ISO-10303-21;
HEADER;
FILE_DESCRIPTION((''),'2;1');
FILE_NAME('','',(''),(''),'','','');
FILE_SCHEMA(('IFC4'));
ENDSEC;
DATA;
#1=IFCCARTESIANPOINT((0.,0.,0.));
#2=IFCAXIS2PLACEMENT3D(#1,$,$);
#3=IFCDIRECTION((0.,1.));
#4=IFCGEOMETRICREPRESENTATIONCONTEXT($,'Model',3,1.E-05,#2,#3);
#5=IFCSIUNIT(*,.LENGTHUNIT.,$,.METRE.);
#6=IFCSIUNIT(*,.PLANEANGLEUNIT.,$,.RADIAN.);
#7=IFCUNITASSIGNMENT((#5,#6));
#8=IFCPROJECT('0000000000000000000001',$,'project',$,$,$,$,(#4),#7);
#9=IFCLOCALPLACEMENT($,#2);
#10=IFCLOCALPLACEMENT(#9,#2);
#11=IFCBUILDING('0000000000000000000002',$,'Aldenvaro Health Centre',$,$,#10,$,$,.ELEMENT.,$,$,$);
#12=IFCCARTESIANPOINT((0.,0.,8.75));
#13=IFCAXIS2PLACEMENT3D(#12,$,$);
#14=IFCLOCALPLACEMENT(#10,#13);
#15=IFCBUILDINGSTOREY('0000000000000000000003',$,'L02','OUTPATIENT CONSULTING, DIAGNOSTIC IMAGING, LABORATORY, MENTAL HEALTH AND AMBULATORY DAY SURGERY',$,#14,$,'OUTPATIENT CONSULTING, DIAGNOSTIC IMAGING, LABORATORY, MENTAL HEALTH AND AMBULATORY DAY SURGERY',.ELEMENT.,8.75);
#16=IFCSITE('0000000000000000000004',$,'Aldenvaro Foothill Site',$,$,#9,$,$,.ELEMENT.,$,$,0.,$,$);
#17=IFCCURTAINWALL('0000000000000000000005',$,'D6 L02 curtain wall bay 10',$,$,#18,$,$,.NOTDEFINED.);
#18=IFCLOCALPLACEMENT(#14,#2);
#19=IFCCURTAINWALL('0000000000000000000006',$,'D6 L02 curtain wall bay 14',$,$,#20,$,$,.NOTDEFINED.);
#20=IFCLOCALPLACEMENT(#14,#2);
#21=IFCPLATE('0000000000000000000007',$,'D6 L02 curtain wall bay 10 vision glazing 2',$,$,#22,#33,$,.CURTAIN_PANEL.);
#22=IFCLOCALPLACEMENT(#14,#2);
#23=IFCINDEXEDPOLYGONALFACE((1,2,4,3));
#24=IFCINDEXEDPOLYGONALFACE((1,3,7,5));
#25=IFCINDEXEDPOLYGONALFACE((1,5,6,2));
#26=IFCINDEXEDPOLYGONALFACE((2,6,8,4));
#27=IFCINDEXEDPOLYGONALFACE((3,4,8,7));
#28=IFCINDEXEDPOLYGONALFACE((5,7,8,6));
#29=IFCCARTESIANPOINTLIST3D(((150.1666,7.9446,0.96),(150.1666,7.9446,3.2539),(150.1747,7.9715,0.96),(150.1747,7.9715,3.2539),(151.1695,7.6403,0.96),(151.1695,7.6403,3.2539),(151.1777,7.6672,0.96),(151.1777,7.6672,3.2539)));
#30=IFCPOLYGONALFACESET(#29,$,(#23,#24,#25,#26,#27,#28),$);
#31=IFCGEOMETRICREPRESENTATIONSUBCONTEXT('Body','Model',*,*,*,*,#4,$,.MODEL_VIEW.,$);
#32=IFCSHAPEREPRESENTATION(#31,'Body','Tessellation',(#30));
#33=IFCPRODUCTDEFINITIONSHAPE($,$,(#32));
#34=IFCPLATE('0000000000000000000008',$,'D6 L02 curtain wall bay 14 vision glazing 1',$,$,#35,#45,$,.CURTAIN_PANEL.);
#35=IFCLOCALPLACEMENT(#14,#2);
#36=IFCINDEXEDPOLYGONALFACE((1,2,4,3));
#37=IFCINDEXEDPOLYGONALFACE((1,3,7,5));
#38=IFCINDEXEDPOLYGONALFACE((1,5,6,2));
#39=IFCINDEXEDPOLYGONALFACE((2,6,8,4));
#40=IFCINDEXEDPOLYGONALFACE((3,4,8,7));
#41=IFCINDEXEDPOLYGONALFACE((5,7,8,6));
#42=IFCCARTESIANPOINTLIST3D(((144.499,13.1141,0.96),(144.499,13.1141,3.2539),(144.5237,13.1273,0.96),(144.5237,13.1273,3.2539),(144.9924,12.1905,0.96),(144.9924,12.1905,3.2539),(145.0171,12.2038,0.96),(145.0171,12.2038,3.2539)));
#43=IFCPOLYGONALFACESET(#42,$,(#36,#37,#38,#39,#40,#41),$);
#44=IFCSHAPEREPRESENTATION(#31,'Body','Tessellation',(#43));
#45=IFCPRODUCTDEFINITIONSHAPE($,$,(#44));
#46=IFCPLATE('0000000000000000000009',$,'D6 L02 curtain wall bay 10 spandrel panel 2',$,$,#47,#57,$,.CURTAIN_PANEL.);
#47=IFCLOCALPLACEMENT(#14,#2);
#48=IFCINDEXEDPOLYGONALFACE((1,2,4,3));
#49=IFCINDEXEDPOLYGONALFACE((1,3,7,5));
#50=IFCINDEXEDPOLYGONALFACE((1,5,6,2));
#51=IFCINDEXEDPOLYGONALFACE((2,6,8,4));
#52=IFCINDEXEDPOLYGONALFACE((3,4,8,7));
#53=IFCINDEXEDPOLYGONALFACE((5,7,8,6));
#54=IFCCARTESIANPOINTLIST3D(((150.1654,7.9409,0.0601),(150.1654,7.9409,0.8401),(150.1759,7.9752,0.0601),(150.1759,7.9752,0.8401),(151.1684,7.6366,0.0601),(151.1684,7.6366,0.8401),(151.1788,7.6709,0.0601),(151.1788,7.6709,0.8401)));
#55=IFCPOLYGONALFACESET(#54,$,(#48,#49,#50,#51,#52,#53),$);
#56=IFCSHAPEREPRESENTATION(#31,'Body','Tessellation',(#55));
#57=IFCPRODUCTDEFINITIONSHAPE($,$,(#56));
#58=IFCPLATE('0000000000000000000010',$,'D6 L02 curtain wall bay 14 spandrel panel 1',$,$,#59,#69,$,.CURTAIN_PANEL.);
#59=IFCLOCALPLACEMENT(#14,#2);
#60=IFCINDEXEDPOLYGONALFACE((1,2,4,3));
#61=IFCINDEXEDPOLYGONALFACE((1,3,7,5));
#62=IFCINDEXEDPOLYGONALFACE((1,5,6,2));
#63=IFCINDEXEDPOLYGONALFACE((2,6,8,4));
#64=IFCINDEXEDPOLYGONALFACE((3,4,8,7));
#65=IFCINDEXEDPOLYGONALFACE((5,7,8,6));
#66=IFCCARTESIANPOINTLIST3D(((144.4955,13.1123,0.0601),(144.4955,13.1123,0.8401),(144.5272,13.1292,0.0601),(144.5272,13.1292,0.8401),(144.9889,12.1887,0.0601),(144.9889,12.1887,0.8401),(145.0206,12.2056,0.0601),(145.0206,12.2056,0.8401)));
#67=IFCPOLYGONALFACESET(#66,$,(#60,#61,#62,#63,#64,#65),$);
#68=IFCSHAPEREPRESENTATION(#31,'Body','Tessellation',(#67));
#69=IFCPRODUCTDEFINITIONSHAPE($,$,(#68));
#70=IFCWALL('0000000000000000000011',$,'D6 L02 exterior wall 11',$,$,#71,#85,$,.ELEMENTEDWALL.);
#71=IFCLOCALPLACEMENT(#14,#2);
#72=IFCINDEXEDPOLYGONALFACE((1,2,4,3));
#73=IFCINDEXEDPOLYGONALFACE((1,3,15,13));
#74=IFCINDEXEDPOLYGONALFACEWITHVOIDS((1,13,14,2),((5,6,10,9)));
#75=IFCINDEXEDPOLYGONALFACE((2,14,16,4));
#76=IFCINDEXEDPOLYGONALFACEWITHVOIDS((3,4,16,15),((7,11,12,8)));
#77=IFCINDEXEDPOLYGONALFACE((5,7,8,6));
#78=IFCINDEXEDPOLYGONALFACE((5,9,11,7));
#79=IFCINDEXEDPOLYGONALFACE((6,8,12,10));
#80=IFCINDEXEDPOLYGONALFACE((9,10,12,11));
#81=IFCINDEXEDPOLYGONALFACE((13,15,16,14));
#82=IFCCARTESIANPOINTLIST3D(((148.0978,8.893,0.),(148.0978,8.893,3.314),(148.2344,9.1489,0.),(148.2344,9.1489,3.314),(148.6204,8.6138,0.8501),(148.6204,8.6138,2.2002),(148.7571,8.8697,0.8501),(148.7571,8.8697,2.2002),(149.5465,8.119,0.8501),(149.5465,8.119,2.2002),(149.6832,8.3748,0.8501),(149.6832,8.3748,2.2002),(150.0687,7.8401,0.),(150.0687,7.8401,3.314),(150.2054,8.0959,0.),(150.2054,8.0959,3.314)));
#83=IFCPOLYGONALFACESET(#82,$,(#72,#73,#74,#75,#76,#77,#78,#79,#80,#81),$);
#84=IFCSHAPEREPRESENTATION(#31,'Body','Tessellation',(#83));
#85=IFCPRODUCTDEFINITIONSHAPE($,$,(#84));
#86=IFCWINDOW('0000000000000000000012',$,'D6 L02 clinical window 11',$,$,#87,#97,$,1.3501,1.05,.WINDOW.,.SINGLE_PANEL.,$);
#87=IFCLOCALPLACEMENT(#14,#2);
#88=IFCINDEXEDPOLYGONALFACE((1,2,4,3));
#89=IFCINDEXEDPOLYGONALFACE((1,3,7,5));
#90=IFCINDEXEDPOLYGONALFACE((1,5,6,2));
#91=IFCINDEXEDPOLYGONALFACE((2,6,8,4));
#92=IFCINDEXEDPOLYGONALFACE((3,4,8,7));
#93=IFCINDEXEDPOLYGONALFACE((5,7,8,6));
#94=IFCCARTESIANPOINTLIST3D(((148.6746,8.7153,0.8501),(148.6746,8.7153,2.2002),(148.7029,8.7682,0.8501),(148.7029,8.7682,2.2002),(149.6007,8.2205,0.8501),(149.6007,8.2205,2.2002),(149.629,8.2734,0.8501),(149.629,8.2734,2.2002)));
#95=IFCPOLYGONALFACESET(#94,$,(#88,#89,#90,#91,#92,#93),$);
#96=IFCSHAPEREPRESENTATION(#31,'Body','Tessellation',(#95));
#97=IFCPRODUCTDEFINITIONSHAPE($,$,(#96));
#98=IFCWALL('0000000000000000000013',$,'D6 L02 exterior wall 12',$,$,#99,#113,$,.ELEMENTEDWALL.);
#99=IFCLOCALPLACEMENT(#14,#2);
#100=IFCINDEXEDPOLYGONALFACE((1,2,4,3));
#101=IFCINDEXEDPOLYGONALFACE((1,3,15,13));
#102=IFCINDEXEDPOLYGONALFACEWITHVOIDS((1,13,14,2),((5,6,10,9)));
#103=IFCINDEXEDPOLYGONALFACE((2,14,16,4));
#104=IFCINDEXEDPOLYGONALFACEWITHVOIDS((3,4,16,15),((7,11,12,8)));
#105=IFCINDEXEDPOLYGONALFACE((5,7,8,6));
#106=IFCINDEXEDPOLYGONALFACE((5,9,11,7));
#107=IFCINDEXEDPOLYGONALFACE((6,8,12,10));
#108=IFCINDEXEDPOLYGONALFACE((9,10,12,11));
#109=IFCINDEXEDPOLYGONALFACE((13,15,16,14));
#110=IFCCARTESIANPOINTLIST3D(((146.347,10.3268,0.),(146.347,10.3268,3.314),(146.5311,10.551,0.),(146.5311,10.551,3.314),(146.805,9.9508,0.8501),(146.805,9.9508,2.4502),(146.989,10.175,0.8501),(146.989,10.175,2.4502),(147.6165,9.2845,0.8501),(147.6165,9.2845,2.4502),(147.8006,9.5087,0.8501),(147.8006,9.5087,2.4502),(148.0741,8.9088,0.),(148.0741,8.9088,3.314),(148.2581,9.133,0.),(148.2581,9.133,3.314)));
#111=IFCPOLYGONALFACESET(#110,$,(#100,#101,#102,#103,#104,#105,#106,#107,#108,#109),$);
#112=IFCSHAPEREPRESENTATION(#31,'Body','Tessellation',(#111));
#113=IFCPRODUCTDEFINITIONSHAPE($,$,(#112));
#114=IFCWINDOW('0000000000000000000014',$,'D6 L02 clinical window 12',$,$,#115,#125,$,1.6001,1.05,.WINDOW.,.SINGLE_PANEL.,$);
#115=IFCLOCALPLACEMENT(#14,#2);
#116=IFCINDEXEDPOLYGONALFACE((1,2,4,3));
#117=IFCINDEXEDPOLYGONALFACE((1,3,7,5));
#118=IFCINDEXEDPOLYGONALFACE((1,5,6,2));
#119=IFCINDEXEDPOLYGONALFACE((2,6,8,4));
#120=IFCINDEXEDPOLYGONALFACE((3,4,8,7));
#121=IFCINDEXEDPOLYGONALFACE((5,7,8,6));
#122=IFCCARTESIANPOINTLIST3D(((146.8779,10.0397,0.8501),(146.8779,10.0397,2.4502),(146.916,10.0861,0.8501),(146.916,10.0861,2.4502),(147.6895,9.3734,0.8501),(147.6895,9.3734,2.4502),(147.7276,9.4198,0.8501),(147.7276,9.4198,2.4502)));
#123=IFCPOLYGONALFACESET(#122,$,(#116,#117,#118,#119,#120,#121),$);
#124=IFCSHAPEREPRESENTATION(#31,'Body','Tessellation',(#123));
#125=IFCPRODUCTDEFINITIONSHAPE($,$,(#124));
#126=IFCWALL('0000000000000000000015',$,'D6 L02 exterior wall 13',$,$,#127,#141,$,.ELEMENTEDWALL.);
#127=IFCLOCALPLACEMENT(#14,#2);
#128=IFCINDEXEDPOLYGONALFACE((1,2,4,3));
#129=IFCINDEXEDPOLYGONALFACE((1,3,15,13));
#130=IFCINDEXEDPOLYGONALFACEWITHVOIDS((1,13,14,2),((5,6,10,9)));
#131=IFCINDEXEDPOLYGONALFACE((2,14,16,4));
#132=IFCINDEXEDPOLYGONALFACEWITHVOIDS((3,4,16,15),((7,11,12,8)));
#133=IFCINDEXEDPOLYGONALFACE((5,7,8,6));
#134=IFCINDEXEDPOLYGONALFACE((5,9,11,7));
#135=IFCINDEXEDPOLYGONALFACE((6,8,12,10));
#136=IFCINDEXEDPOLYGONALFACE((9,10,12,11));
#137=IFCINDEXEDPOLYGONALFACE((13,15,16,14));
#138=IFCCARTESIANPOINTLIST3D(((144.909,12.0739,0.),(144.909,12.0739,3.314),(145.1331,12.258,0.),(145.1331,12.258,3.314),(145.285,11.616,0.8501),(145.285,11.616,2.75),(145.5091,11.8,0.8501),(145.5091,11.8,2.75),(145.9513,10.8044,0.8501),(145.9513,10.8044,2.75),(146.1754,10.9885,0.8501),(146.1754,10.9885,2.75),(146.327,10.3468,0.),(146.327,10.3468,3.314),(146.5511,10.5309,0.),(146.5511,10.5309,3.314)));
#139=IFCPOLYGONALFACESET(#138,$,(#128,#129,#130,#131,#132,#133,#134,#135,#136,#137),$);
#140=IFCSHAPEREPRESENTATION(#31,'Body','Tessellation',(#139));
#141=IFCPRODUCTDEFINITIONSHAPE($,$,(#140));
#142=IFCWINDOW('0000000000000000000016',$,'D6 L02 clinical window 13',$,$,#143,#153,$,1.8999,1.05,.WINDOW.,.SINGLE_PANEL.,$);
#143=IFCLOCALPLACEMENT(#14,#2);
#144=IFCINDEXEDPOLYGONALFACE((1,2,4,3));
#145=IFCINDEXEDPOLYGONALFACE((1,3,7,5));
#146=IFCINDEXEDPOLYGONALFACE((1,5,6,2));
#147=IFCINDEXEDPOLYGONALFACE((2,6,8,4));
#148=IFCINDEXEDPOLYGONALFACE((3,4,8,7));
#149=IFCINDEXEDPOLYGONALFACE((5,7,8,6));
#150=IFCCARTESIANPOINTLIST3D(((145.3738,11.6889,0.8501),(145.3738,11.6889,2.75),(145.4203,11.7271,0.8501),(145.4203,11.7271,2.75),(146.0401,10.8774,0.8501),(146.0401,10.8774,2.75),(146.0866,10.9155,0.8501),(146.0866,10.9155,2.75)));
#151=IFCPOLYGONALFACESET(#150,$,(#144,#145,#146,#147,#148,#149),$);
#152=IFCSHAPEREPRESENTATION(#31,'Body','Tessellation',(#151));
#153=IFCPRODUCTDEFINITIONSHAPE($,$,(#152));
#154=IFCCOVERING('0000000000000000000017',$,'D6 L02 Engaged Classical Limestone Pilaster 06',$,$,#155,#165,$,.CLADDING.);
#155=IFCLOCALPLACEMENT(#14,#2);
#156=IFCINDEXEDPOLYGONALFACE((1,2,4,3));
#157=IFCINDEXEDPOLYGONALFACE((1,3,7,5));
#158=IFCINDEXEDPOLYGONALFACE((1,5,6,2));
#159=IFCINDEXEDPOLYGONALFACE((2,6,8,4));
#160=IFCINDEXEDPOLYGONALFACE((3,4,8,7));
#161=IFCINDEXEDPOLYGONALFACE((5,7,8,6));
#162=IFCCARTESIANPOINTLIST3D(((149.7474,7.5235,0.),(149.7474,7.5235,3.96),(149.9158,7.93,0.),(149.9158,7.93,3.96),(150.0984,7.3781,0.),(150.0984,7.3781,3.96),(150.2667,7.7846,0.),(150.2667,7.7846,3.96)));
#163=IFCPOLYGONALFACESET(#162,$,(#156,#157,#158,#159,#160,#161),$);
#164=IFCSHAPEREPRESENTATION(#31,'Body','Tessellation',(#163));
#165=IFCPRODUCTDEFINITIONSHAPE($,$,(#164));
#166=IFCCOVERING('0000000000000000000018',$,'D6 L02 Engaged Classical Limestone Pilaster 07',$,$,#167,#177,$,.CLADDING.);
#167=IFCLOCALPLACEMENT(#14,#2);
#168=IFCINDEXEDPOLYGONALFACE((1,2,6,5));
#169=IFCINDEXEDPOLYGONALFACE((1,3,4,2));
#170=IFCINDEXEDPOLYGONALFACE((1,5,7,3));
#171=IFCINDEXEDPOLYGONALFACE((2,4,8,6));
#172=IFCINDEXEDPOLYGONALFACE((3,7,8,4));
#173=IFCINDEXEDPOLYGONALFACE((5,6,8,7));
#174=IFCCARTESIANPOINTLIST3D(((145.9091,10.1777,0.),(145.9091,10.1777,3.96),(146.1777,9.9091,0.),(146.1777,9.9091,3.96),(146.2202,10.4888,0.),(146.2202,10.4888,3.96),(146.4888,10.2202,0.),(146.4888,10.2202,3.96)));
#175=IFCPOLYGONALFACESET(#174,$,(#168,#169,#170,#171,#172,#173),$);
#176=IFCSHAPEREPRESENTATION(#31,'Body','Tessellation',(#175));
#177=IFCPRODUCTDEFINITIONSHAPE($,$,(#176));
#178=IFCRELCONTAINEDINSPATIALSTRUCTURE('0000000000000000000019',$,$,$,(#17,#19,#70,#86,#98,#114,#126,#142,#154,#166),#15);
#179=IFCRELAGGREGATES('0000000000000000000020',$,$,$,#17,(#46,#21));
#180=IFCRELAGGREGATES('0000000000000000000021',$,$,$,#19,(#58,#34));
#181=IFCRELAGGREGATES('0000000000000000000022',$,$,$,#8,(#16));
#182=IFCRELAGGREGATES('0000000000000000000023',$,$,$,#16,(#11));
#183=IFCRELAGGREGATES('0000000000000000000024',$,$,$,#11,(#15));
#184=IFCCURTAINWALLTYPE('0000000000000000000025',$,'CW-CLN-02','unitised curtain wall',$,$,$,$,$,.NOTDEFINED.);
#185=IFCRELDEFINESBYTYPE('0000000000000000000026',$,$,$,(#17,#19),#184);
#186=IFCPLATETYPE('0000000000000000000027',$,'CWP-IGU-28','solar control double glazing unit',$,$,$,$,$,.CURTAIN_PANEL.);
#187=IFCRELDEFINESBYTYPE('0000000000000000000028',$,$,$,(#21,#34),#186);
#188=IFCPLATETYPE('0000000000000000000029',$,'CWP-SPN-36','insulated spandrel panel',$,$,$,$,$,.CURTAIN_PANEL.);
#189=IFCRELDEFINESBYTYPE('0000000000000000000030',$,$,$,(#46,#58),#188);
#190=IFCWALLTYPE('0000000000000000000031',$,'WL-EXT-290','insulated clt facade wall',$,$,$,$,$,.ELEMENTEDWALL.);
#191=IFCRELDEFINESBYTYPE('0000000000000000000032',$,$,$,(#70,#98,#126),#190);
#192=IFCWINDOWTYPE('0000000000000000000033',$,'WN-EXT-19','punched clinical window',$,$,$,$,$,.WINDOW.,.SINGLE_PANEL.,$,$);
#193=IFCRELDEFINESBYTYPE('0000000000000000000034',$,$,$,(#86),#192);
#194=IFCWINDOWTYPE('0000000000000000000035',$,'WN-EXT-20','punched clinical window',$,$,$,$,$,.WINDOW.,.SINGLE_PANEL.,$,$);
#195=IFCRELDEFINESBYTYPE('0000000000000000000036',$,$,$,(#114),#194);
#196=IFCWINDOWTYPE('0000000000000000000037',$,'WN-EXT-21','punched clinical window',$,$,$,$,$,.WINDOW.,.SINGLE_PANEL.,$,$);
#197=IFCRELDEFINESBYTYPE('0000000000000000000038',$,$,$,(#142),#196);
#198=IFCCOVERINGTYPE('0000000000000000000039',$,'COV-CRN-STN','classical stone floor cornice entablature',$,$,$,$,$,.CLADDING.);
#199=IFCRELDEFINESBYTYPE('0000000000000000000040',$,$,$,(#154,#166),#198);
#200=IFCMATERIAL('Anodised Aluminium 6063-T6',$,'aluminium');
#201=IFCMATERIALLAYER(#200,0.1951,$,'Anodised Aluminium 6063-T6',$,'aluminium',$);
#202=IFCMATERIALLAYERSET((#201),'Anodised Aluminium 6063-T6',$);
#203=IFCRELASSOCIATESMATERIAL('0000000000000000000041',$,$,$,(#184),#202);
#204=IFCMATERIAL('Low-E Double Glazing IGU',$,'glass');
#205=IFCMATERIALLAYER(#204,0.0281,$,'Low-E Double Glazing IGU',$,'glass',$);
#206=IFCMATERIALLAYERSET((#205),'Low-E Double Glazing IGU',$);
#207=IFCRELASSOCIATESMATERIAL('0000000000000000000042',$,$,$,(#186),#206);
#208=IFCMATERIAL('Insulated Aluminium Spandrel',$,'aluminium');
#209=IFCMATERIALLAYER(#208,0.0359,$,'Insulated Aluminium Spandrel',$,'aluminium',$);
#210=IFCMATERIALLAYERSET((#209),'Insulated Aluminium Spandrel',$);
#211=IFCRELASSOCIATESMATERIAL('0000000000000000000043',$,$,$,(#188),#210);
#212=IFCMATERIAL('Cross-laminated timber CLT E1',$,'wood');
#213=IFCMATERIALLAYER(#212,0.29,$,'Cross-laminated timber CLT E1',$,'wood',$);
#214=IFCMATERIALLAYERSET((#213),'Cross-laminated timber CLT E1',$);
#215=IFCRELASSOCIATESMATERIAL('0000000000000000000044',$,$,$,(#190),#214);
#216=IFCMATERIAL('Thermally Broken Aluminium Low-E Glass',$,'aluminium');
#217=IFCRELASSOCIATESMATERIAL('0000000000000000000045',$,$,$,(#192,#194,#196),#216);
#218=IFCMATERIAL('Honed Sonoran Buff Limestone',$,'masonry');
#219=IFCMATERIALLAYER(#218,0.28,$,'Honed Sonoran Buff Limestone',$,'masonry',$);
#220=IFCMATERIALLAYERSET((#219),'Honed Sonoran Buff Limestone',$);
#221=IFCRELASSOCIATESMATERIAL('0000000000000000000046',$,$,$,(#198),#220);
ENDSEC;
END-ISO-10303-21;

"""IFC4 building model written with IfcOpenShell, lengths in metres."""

from ifc_helpers import new_model, si_unit, direction, frame, frame_2d, origin, origin_2d, place, context, subcontext, project, spatial, rectangle, extrude, material, layer, layer_set, type_object, element, fill, aggregate, save


model = new_model("IFC4")

# Units and contexts
model_context = context("Model", 3, precision=1e-05, world=origin(), true_north=direction((0.0, 1.0)))
body_context = subcontext(model_context, "Body", "Model", "MODEL_VIEW")
ifc_project = project(units=[si_unit("LENGTHUNIT", "METRE"), si_unit("PLANEANGLEUNIT", "RADIAN")], contexts=[model_context])

# Site, building, storey
site_placement = place(None, origin())
site = spatial("IfcSite", under=ifc_project, at=site_placement, Name="Aldenvaro Foothill Site", CompositionType="ELEMENT", RefElevation=0.0)
building_placement = place(site_placement, origin())
building = spatial("IfcBuilding", under=site, at=building_placement, Name="Aldenvaro Health Centre", CompositionType="ELEMENT")
storey_placement = place(building_placement, frame((0.0, 0.0, 8.75)))
storey = spatial("IfcBuildingStorey", under=building, at=storey_placement, Name="L02", Description="OUTPATIENT CONSULTING, DIAGNOSTIC IMAGING, LABORATORY, MENTAL HEALTH AND AMBULATORY DAY SURGERY", LongName="OUTPATIENT CONSULTING, DIAGNOSTIC IMAGING, LABORATORY, MENTAL HEALTH AND AMBULATORY DAY SURGERY", CompositionType="ELEMENT", Elevation=8.75)

# Curtain wall
ifc_material_1 = material(Name="Anodised Aluminium 6063-T6", Category="aluminium")
ifc_layer_1 = layer(ifc_material_1, 0.1951, Name="Anodised Aluminium 6063-T6", Category="aluminium")
ifc_layer_set_1 = layer_set([ifc_layer_1], Name="Anodised Aluminium 6063-T6")
curtain_wall_type = type_object("IfcCurtainWallType", Name="CW-CLN-02", Description="unitised curtain wall", PredefinedType="NOTDEFINED", material=ifc_layer_set_1)
curtain_wall_1_placement = place(storey_placement, origin())
curtain_wall_1 = element("IfcCurtainWall", 1, at=curtain_wall_1_placement, inside=storey, type_object=curtain_wall_type, Name="D6 L02 curtain wall bay 10", PredefinedType="NOTDEFINED")

# Curtain wall
curtain_wall_2_placement = place(storey_placement, origin())
curtain_wall_2 = element("IfcCurtainWall", 2, at=curtain_wall_2_placement, inside=storey, type_object=curtain_wall_type, Name="D6 L02 curtain wall bay 14", PredefinedType="NOTDEFINED")

# Plates
ifc_material_2 = material(Name="Low-E Double Glazing IGU", Category="glass")
ifc_layer_2 = layer(ifc_material_2, 0.0281, Name="Low-E Double Glazing IGU", Category="glass")
ifc_layer_set_2 = layer_set([ifc_layer_2], Name="Low-E Double Glazing IGU")
plate_type_1 = type_object("IfcPlateType", Name="CWP-IGU-28", Description="solar control double glazing unit", PredefinedType="CURTAIN_PANEL", material=ifc_layer_set_2)
plate_1_placement = place(storey_placement, frame((150.6721, 7.8059, 0.96), z_axis=(0.0, 0.0, 1.0), x_axis=(-0.956923, 0.290343, 0.0)))
plate_1 = element("IfcPlate", 3, at=plate_1_placement, type_object=plate_type_1, Name="D6 L02 curtain wall bay 10 vision glazing 2", PredefinedType="CURTAIN_PANEL", context=body_context, shape_type="SweptSolid", body=[
    extrude(rectangle(XDim=1.0481, YDim=0.0281, at=origin_2d()), origin(), (0.0, 0.0, 1.0), 2.2939),
])
plate_2_placement = place(storey_placement, frame((144.7581, 12.6589, 0.96), z_axis=(0.0, 0.0, 1.0), x_axis=(-0.471215, 0.882018, 0.0)))
plate_2 = element("IfcPlate", 4, at=plate_2_placement, type_object=plate_type_1, Name="D6 L02 curtain wall bay 14 vision glazing 1", PredefinedType="CURTAIN_PANEL", context=body_context, shape_type="SweptSolid", body=[
    extrude(rectangle(XDim=1.0471, YDim=0.0281, at=origin_2d()), origin(), (0.0, 0.0, 1.0), 2.2939),
])
ifc_material_3 = material(Name="Insulated Aluminium Spandrel", Category="aluminium")
ifc_layer_3 = layer(ifc_material_3, 0.0359, Name="Insulated Aluminium Spandrel", Category="aluminium")
ifc_layer_set_3 = layer_set([ifc_layer_3], Name="Insulated Aluminium Spandrel")
plate_type_2 = type_object("IfcPlateType", Name="CWP-SPN-36", Description="insulated spandrel panel", PredefinedType="CURTAIN_PANEL", material=ifc_layer_set_3)
plate_3_placement = place(storey_placement, frame((150.6721, 7.8059, 0.0601), z_axis=(0.0, 0.0, 1.0), x_axis=(-0.956923, 0.290343, 0.0)))
plate_3 = element("IfcPlate", 5, at=plate_3_placement, type_object=plate_type_2, Name="D6 L02 curtain wall bay 10 spandrel panel 2", PredefinedType="CURTAIN_PANEL", context=body_context, shape_type="SweptSolid", body=[
    extrude(rectangle(XDim=1.0481, YDim=0.0359, at=origin_2d()), origin(), (0.0, 0.0, 1.0), 0.78),
])
aggregate(curtain_wall_1, [plate_3, plate_1])
plate_4_placement = place(storey_placement, frame((144.7581, 12.6589, 0.0601), z_axis=(0.0, 0.0, 1.0), x_axis=(-0.471215, 0.882018, 0.0)))
plate_4 = element("IfcPlate", 6, at=plate_4_placement, type_object=plate_type_2, Name="D6 L02 curtain wall bay 14 spandrel panel 1", PredefinedType="CURTAIN_PANEL", context=body_context, shape_type="SweptSolid", body=[
    extrude(rectangle(XDim=1.0471, YDim=0.0359, at=origin_2d()), origin(), (0.0, 0.0, 1.0), 0.78),
])
aggregate(curtain_wall_2, [plate_4, plate_2])

# Walls, openings, windows
ifc_material_4 = material(Name="Cross-laminated timber CLT E1", Category="wood")
ifc_layer_4 = layer(ifc_material_4, 0.29, Name="Cross-laminated timber CLT E1", Category="wood")
ifc_layer_set_4 = layer_set([ifc_layer_4], Name="Cross-laminated timber CLT E1")
wall_type = type_object("IfcWallType", Name="WL-EXT-290", Description="insulated clt facade wall", PredefinedType="ELEMENTEDWALL", material=ifc_layer_set_4)
wall_1_placement = place(storey_placement, frame((150.137, 7.968, 0.0), z_axis=(0.0, 0.0, 1.0), x_axis=(-0.882017, 0.471218, 0.0)))
wall_1 = element("IfcWall", 7, at=wall_1_placement, inside=storey, type_object=wall_type, Name="D6 L02 exterior wall 11", PredefinedType="ELEMENTEDWALL", context=body_context, shape_type="SweptSolid", body=[
    extrude(rectangle(XDim=2.2346, YDim=0.29, at=frame_2d((1.1172, 0.0))), origin(), (0.0, 0.0, 1.0), 3.314),
])
opening_1_placement = place(wall_1_placement, frame((0.592, 0.0, 0.8501)))
opening_1 = element("IfcOpeningElement", 8, at=opening_1_placement, cuts=wall_1, PredefinedType="OPENING", context=body_context, shape_type="SweptSolid", body=[
    extrude(rectangle(XDim=1.05, YDim=1.3501, at=frame_2d((0.5249, 0.675))), frame((0.0, 0.155, 0.0), z_axis=(0.0, -1.0, 0.0), x_axis=(1.0, 0.0, 0.0)), (0.0, 0.0, 1.0), 0.3101),
])
ifc_material_5 = material(Name="Thermally Broken Aluminium Low-E Glass", Category="aluminium")
window_type_1 = type_object("IfcWindowType", Name="WN-EXT-19", Description="punched clinical window", PartitioningType="SINGLE_PANEL", PredefinedType="WINDOW", material=ifc_material_5)
window_1_placement = place(opening_1_placement, origin())
window_1 = element("IfcWindow", 9, at=window_1_placement, inside=storey, type_object=window_type_1, Name="D6 L02 clinical window 11", OverallHeight=1.3501, OverallWidth=1.05, PartitioningType="SINGLE_PANEL", PredefinedType="WINDOW", context=body_context, shape_type="SweptSolid", body=[
    extrude(rectangle(XDim=1.05, YDim=1.3501, at=frame_2d((0.5249, 0.675))), frame((0.0, 0.03, 0.0), z_axis=(0.0, -1.0, 0.0), x_axis=(1.0, 0.0, 0.0)), (0.0, 0.0, 1.0), 0.0601),
])
fill(opening_1, window_1)
wall_2_placement = place(storey_placement, frame((148.166, 9.021, 0.0), z_axis=(0.0, 0.0, 1.0), x_axis=(-0.772876, 0.634558, 0.0)))
wall_2 = element("IfcWall", 10, at=wall_2_placement, inside=storey, type_object=wall_type, Name="D6 L02 exterior wall 12", PredefinedType="ELEMENTEDWALL", context=body_context, shape_type="SweptSolid", body=[
    extrude(rectangle(XDim=2.2346, YDim=0.29, at=frame_2d((1.1172, 0.0))), origin(), (0.0, 0.0, 1.0), 3.314),
])
opening_2_placement = place(wall_2_placement, frame((0.592, 0.0, 0.8501)))
opening_2 = element("IfcOpeningElement", 11, at=opening_2_placement, cuts=wall_2, PredefinedType="OPENING", context=body_context, shape_type="SweptSolid", body=[
    extrude(rectangle(XDim=1.05, YDim=1.6001, at=frame_2d((0.5249, 0.8))), frame((0.0, 0.155, 0.0), z_axis=(0.0, -1.0, 0.0), x_axis=(1.0, 0.0, 0.0)), (0.0, 0.0, 1.0), 0.3101),
])
window_type_2 = type_object("IfcWindowType", Name="WN-EXT-20", Description="punched clinical window", PartitioningType="SINGLE_PANEL", PredefinedType="WINDOW", material=ifc_material_5)
window_2_placement = place(opening_2_placement, origin())
window_2 = element("IfcWindow", 12, at=window_2_placement, inside=storey, type_object=window_type_2, Name="D6 L02 clinical window 12", OverallHeight=1.6001, OverallWidth=1.05, PartitioningType="SINGLE_PANEL", PredefinedType="WINDOW", context=body_context, shape_type="SweptSolid", body=[
    extrude(rectangle(XDim=1.05, YDim=1.6001, at=frame_2d((0.5249, 0.8))), frame((0.0, 0.03, 0.0), z_axis=(0.0, -1.0, 0.0), x_axis=(1.0, 0.0, 0.0)), (0.0, 0.0, 1.0), 0.0601),
])
fill(opening_2, window_2)
wall_3_placement = place(storey_placement, frame((146.439, 10.439, 0.0), z_axis=(0.0, 0.0, 1.0), x_axis=(-0.634558, 0.772876, 0.0)))
wall_3 = element("IfcWall", 13, at=wall_3_placement, inside=storey, type_object=wall_type, Name="D6 L02 exterior wall 13", PredefinedType="ELEMENTEDWALL", context=body_context, shape_type="SweptSolid", body=[
    extrude(rectangle(XDim=2.2346, YDim=0.29, at=frame_2d((1.1172, 0.0))), origin(), (0.0, 0.0, 1.0), 3.314),
])
opening_3_placement = place(wall_3_placement, frame((0.592, 0.0, 0.8501)))
opening_3 = element("IfcOpeningElement", 14, at=opening_3_placement, cuts=wall_3, PredefinedType="OPENING", context=body_context, shape_type="SweptSolid", body=[
    extrude(rectangle(XDim=1.05, YDim=1.8999, at=frame_2d((0.5249, 0.95))), frame((0.0, 0.155, 0.0), z_axis=(0.0, -1.0, 0.0), x_axis=(1.0, 0.0, 0.0)), (0.0, 0.0, 1.0), 0.3101),
])
window_type_3 = type_object("IfcWindowType", Name="WN-EXT-21", Description="punched clinical window", PartitioningType="SINGLE_PANEL", PredefinedType="WINDOW", material=ifc_material_5)
window_3_placement = place(opening_3_placement, origin())
window_3 = element("IfcWindow", 15, at=window_3_placement, inside=storey, type_object=window_type_3, Name="D6 L02 clinical window 13", OverallHeight=1.8999, OverallWidth=1.05, PartitioningType="SINGLE_PANEL", PredefinedType="WINDOW", context=body_context, shape_type="SweptSolid", body=[
    extrude(rectangle(XDim=1.05, YDim=1.8999, at=frame_2d((0.5249, 0.95))), frame((0.0, 0.03, 0.0), z_axis=(0.0, -1.0, 0.0), x_axis=(1.0, 0.0, 0.0)), (0.0, 0.0, 1.0), 0.0601),
])
fill(opening_3, window_3)

# Coverings
ifc_material_6 = material(Name="Honed Sonoran Buff Limestone", Category="masonry")
ifc_layer_5 = layer(ifc_material_6, 0.28, Name="Honed Sonoran Buff Limestone", Category="masonry")
ifc_layer_set_5 = layer_set([ifc_layer_5], Name="Honed Sonoran Buff Limestone")
covering_type = type_object("IfcCoveringType", Name="COV-CRN-STN", Description="classical stone floor cornice entablature", PredefinedType="CLADDING", material=ifc_layer_set_5)
for number, where, z_axis, x_axis, name in (
    (16, (150.0071, 7.6541, 0.0), (0.0, 0.0, 1.0), (-0.382721, -0.923864, 0.0), "D6 L02 Engaged Classical Limestone Pilaster 06"),
    (17, (146.199, 10.199, 0.0), (0.0, 0.0, 1.0), (-0.707107, -0.707107, 0.0), "D6 L02 Engaged Classical Limestone Pilaster 07"),
):
    element("IfcCovering", number, at=place(storey_placement, frame(where, z_axis=z_axis, x_axis=x_axis)), inside=storey, type_object=covering_type, Name=name, PredefinedType="CLADDING", context=body_context, shape_type="SweptSolid", body=[
        extrude(rectangle(XDim=0.4399, YDim=0.3799, at=origin_2d()), origin(), (0.0, 0.0, 1.0), 3.96),
    ])

save(model, "model.ifc")
